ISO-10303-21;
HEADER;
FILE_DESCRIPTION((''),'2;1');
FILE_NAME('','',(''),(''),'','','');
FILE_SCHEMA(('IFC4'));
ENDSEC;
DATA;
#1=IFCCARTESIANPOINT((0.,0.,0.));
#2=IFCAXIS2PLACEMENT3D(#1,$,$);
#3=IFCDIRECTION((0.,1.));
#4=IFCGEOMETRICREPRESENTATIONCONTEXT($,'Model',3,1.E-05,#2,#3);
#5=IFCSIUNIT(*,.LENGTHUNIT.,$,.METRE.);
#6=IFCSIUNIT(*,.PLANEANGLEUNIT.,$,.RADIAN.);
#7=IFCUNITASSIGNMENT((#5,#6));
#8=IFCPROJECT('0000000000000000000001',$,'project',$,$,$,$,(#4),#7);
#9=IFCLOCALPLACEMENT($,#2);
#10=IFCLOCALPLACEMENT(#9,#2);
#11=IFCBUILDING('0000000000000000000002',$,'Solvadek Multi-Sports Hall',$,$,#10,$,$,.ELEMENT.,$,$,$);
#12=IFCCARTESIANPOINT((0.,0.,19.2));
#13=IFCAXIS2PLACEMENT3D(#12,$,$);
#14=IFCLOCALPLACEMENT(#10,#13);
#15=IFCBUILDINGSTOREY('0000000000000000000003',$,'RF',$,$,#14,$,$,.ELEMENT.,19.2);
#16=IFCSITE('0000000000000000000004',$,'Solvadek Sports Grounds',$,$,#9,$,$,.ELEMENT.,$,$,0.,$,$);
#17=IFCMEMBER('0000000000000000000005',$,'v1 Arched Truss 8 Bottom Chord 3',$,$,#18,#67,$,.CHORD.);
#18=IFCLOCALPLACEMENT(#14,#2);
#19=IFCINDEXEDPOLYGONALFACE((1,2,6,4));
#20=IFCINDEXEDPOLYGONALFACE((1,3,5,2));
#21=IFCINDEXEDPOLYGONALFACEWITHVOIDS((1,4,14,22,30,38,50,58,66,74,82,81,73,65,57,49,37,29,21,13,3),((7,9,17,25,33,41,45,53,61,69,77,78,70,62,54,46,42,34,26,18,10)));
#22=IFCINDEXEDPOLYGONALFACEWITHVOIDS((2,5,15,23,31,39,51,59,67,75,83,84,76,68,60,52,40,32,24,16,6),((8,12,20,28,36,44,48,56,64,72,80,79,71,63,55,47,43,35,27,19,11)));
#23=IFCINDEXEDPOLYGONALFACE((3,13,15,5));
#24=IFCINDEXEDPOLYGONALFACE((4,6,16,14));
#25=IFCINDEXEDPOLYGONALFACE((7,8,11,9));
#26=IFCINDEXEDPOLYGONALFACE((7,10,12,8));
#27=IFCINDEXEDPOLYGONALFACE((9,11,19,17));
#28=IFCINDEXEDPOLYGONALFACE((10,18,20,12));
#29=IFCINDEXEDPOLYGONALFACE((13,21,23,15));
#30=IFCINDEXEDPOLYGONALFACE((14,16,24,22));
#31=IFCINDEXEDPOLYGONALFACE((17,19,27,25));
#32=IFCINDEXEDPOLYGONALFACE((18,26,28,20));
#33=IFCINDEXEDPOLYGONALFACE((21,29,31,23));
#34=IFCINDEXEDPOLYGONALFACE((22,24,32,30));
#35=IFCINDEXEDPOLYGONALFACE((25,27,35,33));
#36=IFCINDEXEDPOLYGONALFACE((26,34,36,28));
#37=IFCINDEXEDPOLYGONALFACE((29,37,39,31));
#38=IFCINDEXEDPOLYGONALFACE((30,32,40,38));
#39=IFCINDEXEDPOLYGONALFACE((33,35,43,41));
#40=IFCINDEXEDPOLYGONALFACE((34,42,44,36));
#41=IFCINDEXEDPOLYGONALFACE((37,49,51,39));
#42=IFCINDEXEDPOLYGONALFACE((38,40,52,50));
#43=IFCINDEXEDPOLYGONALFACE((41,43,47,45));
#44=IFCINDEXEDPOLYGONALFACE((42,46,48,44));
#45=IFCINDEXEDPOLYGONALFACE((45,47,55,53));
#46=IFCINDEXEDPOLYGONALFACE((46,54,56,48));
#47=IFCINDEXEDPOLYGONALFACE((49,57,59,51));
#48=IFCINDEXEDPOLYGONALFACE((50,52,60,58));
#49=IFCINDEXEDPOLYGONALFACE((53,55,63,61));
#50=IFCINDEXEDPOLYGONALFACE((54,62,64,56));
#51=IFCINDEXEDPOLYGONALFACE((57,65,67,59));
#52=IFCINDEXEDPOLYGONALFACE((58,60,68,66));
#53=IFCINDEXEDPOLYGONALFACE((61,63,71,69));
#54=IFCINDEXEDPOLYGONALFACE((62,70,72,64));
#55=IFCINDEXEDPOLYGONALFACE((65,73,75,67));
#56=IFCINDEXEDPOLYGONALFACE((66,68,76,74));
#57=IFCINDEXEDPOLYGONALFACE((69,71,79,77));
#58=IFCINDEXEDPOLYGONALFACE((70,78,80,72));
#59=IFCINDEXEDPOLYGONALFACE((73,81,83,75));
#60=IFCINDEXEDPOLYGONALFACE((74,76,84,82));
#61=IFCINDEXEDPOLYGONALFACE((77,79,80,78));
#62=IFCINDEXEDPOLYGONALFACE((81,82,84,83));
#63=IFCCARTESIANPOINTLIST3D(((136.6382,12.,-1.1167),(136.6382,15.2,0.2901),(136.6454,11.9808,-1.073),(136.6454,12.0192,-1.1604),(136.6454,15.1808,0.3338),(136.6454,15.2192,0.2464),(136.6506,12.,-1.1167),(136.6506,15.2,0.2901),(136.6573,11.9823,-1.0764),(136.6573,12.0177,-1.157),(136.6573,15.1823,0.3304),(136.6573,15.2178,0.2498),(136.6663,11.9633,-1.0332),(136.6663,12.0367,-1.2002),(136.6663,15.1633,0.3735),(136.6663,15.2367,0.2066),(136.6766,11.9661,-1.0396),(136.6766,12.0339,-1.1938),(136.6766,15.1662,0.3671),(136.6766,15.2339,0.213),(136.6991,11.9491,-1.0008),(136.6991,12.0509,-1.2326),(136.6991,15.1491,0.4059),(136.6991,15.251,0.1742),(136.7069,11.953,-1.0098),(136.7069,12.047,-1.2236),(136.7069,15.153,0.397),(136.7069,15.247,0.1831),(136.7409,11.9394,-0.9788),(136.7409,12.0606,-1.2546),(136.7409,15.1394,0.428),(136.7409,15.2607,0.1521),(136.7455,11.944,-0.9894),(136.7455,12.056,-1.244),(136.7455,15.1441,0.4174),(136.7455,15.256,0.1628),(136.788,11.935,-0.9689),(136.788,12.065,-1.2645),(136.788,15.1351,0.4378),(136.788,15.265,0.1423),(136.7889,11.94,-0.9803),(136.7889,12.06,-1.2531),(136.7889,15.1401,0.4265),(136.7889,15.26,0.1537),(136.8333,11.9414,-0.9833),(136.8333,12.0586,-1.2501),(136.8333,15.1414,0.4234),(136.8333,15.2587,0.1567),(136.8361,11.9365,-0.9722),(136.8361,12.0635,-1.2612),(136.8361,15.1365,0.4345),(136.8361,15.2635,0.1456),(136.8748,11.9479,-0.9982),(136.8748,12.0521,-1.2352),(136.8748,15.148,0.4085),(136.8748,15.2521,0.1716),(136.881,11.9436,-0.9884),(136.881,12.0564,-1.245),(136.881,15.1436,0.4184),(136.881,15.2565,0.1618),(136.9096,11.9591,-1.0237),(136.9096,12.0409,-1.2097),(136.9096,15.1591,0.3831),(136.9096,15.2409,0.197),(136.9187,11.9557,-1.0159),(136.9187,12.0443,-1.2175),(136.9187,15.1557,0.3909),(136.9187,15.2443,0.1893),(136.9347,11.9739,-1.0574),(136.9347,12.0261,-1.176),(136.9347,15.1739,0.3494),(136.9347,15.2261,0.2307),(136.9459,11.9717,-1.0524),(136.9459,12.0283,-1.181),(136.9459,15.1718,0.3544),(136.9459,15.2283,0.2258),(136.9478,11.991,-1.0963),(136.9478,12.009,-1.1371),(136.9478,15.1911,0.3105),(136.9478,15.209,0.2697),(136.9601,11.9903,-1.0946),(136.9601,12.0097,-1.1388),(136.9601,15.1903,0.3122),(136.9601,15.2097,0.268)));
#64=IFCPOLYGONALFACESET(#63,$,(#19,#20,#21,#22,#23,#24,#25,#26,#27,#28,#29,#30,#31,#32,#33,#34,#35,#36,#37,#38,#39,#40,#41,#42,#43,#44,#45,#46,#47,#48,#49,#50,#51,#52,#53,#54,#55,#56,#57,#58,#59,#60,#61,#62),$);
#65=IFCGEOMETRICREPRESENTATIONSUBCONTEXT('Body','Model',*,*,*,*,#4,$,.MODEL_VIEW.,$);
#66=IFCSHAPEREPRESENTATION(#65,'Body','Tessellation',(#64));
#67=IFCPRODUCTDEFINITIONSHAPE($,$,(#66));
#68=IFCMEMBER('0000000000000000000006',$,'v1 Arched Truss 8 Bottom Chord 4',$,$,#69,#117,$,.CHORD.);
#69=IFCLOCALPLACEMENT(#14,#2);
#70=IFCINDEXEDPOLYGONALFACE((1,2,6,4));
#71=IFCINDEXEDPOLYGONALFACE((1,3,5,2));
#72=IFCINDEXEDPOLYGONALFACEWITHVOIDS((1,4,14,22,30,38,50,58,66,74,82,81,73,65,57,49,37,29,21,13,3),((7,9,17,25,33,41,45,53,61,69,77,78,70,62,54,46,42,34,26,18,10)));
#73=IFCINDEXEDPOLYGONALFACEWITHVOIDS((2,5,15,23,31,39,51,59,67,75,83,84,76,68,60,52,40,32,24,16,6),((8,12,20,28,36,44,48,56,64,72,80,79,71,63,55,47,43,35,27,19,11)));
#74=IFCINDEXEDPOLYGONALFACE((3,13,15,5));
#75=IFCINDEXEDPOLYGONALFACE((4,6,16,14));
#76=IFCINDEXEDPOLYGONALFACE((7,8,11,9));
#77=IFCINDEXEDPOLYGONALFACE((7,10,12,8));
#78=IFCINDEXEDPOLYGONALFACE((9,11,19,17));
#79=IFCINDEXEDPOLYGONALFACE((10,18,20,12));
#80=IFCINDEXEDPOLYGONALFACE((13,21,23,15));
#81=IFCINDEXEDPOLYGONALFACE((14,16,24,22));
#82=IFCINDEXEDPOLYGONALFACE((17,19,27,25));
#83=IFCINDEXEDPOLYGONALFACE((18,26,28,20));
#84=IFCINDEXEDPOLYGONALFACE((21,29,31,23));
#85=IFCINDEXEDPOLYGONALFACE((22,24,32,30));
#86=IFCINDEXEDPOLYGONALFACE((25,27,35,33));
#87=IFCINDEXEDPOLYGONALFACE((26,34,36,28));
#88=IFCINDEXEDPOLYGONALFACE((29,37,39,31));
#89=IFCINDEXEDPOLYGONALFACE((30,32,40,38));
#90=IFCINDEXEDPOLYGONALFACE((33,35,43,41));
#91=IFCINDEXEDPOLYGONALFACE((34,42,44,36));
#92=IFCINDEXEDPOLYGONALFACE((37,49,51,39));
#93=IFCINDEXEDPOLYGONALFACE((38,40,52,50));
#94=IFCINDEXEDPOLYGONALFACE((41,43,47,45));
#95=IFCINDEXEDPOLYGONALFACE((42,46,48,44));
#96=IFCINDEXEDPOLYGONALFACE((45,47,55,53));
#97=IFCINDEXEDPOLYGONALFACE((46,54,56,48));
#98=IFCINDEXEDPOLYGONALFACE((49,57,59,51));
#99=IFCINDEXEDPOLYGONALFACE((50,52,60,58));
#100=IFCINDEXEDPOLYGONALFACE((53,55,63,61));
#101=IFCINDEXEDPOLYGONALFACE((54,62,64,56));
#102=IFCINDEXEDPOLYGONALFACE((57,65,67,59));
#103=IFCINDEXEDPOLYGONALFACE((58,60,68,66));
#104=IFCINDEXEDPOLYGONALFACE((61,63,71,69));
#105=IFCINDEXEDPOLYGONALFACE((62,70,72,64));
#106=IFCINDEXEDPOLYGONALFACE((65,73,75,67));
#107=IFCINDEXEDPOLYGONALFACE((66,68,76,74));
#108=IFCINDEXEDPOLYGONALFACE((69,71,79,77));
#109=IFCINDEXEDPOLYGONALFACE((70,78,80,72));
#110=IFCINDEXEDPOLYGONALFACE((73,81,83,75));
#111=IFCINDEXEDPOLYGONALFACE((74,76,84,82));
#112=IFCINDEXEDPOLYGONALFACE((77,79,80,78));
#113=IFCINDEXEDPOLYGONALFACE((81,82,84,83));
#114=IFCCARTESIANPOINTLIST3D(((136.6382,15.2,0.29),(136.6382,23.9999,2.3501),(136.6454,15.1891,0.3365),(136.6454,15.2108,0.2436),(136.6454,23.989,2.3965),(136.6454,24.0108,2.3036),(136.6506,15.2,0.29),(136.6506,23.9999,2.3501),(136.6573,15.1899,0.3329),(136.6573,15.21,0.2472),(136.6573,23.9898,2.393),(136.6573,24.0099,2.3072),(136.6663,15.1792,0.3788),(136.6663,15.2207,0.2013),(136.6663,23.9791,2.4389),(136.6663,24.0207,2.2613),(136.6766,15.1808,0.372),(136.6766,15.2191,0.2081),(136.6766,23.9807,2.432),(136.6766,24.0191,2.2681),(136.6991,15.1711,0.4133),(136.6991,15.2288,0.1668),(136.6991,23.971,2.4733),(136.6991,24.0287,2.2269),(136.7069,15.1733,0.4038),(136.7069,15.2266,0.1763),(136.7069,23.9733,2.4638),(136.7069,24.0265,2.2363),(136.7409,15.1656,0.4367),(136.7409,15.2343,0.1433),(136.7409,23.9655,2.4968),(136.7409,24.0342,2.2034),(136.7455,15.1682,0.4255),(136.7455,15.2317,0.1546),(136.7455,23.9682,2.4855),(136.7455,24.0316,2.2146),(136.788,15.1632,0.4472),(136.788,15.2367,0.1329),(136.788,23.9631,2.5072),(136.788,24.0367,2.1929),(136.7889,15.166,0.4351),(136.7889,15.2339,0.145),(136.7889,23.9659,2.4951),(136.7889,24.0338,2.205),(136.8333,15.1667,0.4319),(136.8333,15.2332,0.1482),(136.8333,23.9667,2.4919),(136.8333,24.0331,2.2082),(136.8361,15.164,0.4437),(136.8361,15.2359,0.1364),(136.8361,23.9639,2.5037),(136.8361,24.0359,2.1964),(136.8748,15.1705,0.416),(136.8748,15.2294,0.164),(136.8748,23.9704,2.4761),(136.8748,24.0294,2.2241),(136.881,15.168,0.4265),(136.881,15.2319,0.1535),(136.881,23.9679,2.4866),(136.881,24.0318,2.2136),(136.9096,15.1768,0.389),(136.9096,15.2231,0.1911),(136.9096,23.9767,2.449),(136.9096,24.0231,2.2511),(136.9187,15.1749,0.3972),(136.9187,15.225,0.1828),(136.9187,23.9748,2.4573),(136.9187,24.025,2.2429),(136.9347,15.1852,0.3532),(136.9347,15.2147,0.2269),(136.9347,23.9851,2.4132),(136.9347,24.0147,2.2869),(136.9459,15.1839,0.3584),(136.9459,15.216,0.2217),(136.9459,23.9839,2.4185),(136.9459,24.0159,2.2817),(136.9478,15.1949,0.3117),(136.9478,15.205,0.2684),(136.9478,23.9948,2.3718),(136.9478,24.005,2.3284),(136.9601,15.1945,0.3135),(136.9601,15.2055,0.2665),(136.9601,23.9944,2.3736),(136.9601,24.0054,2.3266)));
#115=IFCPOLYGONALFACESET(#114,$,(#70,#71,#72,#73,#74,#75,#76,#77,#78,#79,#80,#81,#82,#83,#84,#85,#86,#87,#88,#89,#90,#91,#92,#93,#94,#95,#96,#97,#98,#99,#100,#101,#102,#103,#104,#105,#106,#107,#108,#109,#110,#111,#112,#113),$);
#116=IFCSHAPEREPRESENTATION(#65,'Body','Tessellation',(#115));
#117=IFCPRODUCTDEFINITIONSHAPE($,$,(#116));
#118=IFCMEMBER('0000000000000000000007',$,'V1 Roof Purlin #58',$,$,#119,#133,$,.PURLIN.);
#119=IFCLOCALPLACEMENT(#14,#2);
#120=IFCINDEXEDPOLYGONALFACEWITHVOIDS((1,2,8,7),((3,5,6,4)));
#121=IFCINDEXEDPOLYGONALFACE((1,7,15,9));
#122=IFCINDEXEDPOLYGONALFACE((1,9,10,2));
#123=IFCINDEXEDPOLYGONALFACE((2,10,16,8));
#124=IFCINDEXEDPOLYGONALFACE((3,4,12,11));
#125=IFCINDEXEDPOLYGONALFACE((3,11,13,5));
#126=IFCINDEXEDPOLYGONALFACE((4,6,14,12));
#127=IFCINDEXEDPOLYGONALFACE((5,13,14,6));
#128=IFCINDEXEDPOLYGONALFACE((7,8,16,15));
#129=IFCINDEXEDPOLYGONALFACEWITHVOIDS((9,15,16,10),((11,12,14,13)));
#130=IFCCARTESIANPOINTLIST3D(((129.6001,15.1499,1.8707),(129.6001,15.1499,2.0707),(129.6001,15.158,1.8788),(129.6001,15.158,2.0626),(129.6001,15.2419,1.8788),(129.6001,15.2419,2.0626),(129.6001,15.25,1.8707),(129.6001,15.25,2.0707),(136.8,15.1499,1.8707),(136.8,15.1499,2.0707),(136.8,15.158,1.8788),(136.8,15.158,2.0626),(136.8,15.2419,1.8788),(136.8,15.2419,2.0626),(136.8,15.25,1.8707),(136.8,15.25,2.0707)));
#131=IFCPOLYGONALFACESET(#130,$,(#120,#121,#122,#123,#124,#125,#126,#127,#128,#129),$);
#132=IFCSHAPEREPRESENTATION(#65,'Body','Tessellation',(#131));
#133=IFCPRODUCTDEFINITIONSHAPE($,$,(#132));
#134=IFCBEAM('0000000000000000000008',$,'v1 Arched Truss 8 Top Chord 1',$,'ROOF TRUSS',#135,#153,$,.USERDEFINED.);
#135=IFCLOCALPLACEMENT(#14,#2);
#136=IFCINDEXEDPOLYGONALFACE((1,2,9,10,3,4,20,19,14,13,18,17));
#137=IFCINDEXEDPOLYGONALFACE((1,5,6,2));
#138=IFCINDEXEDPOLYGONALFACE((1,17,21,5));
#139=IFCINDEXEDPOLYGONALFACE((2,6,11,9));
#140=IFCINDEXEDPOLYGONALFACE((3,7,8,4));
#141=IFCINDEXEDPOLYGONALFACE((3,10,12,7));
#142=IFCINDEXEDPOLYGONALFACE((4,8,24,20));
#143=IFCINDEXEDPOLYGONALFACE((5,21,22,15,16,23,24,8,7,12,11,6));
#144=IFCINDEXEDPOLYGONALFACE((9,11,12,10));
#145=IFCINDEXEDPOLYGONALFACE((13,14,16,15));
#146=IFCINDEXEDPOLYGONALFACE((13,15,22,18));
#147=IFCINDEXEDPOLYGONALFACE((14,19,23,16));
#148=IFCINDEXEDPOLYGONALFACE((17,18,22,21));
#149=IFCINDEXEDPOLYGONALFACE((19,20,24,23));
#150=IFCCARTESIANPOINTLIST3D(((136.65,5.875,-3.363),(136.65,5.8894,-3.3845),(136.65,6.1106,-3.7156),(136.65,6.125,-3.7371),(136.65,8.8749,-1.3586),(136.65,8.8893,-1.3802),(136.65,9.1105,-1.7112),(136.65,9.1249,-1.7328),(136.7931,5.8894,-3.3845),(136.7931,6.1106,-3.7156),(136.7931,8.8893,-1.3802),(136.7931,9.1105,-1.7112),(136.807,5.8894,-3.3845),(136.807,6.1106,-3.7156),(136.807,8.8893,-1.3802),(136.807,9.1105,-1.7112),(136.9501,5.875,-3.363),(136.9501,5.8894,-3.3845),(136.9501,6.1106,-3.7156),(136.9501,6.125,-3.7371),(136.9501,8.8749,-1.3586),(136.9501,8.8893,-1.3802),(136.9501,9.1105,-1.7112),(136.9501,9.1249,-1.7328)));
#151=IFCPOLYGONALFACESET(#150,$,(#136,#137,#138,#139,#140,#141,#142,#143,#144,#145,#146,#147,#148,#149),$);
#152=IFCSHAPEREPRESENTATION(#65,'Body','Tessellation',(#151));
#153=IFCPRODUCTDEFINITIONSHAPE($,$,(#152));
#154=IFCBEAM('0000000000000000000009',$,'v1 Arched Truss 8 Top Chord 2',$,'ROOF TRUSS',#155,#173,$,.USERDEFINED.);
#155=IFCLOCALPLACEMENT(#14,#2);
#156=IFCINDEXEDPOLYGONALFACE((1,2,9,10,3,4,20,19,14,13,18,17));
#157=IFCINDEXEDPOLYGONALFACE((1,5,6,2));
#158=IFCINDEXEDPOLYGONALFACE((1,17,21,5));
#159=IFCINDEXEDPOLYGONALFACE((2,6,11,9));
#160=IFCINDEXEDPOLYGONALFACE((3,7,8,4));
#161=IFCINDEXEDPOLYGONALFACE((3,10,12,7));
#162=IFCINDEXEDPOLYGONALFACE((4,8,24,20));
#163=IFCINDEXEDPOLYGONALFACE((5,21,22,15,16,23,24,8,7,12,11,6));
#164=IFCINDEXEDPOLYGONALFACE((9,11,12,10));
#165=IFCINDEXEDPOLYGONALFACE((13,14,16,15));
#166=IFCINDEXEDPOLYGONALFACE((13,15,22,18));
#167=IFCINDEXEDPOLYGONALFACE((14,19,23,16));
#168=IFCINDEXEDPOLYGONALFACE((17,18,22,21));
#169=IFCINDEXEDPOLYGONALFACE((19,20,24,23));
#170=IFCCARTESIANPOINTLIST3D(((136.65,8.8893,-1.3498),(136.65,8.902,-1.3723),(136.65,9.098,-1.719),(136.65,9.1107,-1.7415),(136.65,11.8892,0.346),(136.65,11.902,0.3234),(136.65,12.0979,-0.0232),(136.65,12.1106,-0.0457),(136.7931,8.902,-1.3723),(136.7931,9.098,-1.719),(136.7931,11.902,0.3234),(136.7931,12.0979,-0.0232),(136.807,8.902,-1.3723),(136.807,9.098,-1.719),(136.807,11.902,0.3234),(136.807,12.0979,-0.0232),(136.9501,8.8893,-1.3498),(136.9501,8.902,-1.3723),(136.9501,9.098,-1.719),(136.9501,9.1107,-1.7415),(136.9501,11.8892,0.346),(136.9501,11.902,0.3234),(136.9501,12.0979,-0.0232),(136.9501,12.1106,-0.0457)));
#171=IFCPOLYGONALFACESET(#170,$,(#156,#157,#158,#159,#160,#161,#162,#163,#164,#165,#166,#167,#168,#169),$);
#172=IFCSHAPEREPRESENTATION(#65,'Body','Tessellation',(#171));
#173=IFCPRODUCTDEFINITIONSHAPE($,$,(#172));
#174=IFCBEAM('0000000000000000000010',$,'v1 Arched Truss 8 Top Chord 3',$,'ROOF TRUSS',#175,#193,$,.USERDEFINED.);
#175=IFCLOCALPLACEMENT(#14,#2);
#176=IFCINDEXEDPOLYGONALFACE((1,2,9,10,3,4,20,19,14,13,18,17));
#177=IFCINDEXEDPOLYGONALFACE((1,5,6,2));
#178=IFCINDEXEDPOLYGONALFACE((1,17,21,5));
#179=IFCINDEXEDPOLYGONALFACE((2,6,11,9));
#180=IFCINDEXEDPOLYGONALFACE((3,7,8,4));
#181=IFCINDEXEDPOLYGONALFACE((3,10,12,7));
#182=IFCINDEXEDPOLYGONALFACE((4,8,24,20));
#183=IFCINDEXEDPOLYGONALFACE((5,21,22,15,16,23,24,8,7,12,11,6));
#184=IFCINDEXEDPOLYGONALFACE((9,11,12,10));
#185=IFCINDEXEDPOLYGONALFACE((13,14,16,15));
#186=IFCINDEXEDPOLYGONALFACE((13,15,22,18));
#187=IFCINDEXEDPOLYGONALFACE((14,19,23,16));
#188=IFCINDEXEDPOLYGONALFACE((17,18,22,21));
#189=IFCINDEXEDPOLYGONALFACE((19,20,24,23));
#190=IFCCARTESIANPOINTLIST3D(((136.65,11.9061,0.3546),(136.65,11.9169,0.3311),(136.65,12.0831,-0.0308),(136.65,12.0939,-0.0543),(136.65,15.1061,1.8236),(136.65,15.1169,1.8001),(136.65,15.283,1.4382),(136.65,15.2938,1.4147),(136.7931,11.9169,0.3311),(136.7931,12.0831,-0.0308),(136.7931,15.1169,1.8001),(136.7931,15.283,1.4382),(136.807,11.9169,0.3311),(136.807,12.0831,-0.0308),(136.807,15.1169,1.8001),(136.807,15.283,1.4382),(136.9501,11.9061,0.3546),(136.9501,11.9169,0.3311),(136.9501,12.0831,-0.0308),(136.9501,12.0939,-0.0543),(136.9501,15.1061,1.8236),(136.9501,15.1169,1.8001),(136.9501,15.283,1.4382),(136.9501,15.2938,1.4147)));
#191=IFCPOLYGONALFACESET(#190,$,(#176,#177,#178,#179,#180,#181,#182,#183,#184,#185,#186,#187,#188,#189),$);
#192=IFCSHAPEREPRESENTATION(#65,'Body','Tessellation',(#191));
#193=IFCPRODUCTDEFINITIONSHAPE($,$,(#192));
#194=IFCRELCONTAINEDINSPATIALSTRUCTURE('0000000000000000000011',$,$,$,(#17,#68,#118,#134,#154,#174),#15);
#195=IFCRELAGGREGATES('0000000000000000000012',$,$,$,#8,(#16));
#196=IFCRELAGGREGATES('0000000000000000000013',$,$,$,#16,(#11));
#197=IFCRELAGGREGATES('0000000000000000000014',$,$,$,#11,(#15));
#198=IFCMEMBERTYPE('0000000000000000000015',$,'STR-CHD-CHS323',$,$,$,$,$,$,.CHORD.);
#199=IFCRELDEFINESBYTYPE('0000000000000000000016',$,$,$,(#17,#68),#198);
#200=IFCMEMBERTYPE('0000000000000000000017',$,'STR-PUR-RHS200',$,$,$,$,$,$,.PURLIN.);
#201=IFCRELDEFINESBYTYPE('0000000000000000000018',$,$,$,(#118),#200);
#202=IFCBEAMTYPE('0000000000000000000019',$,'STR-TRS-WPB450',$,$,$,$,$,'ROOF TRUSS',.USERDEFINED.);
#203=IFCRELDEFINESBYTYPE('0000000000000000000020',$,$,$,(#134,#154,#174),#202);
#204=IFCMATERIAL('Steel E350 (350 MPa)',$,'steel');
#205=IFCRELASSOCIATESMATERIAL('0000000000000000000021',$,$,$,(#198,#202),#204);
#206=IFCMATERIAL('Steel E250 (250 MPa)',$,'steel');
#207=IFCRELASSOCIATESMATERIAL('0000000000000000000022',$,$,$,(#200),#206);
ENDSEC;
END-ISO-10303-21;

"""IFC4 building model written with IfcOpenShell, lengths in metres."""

from ifc_helpers import new_model, si_unit, direction, frame, origin, origin_2d, place, context, subcontext, project, spatial, hollow_rectangle, hollow_circle, i_section, extrude, material, material_profile, profile_set, type_object, element, save


model = new_model("IFC4")

# Units and contexts
model_context = context("Model", 3, precision=1e-05, world=origin(), true_north=direction((0.0, 1.0)))
body_context = subcontext(model_context, "Body", "Model", "MODEL_VIEW")
ifc_project = project(units=[si_unit("LENGTHUNIT", "METRE"), si_unit("PLANEANGLEUNIT", "RADIAN")], contexts=[model_context])

# Site, building, storey
site_placement = place(None, origin())
site = spatial("IfcSite", under=ifc_project, at=site_placement, Name="Solvadek Sports Grounds", CompositionType="ELEMENT", RefElevation=0.0)
building_placement = place(site_placement, origin())
building = spatial("IfcBuilding", under=site, at=building_placement, Name="Solvadek Multi-Sports Hall", CompositionType="ELEMENT")
storey_placement = place(building_placement, frame((0.0, 0.0, 19.2)))
storey = spatial("IfcBuildingStorey", under=building, at=storey_placement, Name="RF", CompositionType="ELEMENT", Elevation=19.2)

# Shared definitions
ifc_material_1 = material(Name="Steel E350 (350 MPa)", Category="steel")

# Members
ifc_material_profile_1 = material_profile(ifc_material_1, hollow_circle(Radius=0.1619, WallThickness=0.0125, at=origin_2d()), Name="CHS 323.9x12.5")
ifc_profile_set_1 = profile_set([ifc_material_profile_1], Name="Steel E350 (350 MPa)")
member_type_1 = type_object("IfcMemberType", Name="STR-CHD-CHS323", PredefinedType="CHORD", material=ifc_profile_set_1)
member_1_placement = place(storey_placement, frame((136.8, 12.0, -1.1167), z_axis=(0.0, 0.915446, 0.402441), x_axis=(-1.0, 0.0, 0.0)))
element("IfcMember", 1, at=member_1_placement, inside=storey, type_object=member_type_1, Name="v1 Arched Truss 8 Bottom Chord 3", PredefinedType="CHORD", context=body_context, shape_type="SweptSolid", body=[
    extrude(hollow_circle(Radius=0.1619, WallThickness=0.0125, at=origin_2d()), origin(), (0.0, 0.0, 1.0), 3.4956),
])
member_2_placement = place(storey_placement, frame((136.8, 15.2, 0.29), z_axis=(0.0, 0.973677, 0.227934), x_axis=(-1.0, 0.0, 0.0)))
element("IfcMember", 2, at=member_2_placement, inside=storey, type_object=member_type_1, Name="v1 Arched Truss 8 Bottom Chord 4", PredefinedType="CHORD", context=body_context, shape_type="SweptSolid", body=[
    extrude(hollow_circle(Radius=0.1619, WallThickness=0.0125, at=origin_2d()), origin(), (0.0, 0.0, 1.0), 9.0378),
])
ifc_material_2 = material(Name="Steel E250 (250 MPa)", Category="steel")
ifc_material_profile_2 = material_profile(ifc_material_2, hollow_rectangle(XDim=0.1001, YDim=0.2, WallThickness=0.0081, at=origin_2d()), Name="RHS 200x100x8")
ifc_profile_set_2 = profile_set([ifc_material_profile_2], Name="Steel E250 (250 MPa)")
member_type_2 = type_object("IfcMemberType", Name="STR-PUR-RHS200", PredefinedType="PURLIN", material=ifc_profile_set_2)
member_3_placement = place(storey_placement, frame((129.6001, 15.2, 1.9707), z_axis=(1.0, 0.0, 0.0), x_axis=(0.0, 1.0, 0.0)))
element("IfcMember", 3, at=member_3_placement, inside=storey, type_object=member_type_2, Name="V1 Roof Purlin #58", PredefinedType="PURLIN", context=body_context, shape_type="SweptSolid", body=[
    extrude(hollow_rectangle(XDim=0.1001, YDim=0.2, WallThickness=0.0081, at=origin_2d()), origin(), (0.0, 0.0, 1.0), 7.2),
])

# Beams
ifc_material_profile_3 = material_profile(ifc_material_1, i_section(OverallWidth=0.3, OverallDepth=0.45, WebThickness=0.0139, FlangeThickness=0.0259, at=origin_2d()), Name="WPB 450")
ifc_profile_set_3 = profile_set([ifc_material_profile_3], Name="Steel E350 (350 MPa)")
beam_type = type_object("IfcBeamType", Name="STR-TRS-WPB450", ElementType="ROOF TRUSS", PredefinedType="USERDEFINED", material=ifc_profile_set_3)
beam_1_placement = place(storey_placement, frame((136.8, 6.0, -3.55), z_axis=(0.0, 0.831488, 0.555543), x_axis=(-1.0, 0.0, 0.0)))
element("IfcBeam", 4, at=beam_1_placement, inside=storey, type_object=beam_type, Name="v1 Arched Truss 8 Top Chord 1", ObjectType="ROOF TRUSS", PredefinedType="USERDEFINED", context=body_context, shape_type="SweptSolid", body=[
    extrude(i_section(OverallWidth=0.3, OverallDepth=0.45, WebThickness=0.0139, FlangeThickness=0.0259, at=origin_2d()), origin(), (0.0, 0.0, 1.0), 3.6079),
])
beam_2_placement = place(storey_placement, frame((136.8, 9.0, -1.5457), z_axis=(0.0, 0.870544, 0.49209), x_axis=(-1.0, 0.0, 0.0)))
element("IfcBeam", 5, at=beam_2_placement, inside=storey, type_object=beam_type, Name="v1 Arched Truss 8 Top Chord 2", ObjectType="ROOF TRUSS", PredefinedType="USERDEFINED", context=body_context, shape_type="SweptSolid", body=[
    extrude(i_section(OverallWidth=0.3, OverallDepth=0.45, WebThickness=0.0139, FlangeThickness=0.0259, at=origin_2d()), origin(), (0.0, 0.0, 1.0), 3.446),
])
beam_3_placement = place(storey_placement, frame((136.8, 12.0, 0.1501), z_axis=(0.0, 0.908812, 0.417206), x_axis=(-1.0, 0.0, 0.0)))
element("IfcBeam", 6, at=beam_3_placement, inside=storey, type_object=beam_type, Name="v1 Arched Truss 8 Top Chord 3", ObjectType="ROOF TRUSS", PredefinedType="USERDEFINED", context=body_context, shape_type="SweptSolid", body=[
    extrude(i_section(OverallWidth=0.3, OverallDepth=0.45, WebThickness=0.0139, FlangeThickness=0.0259, at=origin_2d()), origin(), (0.0, 0.0, 1.0), 3.521),
])

save(model, "model.ifc")
